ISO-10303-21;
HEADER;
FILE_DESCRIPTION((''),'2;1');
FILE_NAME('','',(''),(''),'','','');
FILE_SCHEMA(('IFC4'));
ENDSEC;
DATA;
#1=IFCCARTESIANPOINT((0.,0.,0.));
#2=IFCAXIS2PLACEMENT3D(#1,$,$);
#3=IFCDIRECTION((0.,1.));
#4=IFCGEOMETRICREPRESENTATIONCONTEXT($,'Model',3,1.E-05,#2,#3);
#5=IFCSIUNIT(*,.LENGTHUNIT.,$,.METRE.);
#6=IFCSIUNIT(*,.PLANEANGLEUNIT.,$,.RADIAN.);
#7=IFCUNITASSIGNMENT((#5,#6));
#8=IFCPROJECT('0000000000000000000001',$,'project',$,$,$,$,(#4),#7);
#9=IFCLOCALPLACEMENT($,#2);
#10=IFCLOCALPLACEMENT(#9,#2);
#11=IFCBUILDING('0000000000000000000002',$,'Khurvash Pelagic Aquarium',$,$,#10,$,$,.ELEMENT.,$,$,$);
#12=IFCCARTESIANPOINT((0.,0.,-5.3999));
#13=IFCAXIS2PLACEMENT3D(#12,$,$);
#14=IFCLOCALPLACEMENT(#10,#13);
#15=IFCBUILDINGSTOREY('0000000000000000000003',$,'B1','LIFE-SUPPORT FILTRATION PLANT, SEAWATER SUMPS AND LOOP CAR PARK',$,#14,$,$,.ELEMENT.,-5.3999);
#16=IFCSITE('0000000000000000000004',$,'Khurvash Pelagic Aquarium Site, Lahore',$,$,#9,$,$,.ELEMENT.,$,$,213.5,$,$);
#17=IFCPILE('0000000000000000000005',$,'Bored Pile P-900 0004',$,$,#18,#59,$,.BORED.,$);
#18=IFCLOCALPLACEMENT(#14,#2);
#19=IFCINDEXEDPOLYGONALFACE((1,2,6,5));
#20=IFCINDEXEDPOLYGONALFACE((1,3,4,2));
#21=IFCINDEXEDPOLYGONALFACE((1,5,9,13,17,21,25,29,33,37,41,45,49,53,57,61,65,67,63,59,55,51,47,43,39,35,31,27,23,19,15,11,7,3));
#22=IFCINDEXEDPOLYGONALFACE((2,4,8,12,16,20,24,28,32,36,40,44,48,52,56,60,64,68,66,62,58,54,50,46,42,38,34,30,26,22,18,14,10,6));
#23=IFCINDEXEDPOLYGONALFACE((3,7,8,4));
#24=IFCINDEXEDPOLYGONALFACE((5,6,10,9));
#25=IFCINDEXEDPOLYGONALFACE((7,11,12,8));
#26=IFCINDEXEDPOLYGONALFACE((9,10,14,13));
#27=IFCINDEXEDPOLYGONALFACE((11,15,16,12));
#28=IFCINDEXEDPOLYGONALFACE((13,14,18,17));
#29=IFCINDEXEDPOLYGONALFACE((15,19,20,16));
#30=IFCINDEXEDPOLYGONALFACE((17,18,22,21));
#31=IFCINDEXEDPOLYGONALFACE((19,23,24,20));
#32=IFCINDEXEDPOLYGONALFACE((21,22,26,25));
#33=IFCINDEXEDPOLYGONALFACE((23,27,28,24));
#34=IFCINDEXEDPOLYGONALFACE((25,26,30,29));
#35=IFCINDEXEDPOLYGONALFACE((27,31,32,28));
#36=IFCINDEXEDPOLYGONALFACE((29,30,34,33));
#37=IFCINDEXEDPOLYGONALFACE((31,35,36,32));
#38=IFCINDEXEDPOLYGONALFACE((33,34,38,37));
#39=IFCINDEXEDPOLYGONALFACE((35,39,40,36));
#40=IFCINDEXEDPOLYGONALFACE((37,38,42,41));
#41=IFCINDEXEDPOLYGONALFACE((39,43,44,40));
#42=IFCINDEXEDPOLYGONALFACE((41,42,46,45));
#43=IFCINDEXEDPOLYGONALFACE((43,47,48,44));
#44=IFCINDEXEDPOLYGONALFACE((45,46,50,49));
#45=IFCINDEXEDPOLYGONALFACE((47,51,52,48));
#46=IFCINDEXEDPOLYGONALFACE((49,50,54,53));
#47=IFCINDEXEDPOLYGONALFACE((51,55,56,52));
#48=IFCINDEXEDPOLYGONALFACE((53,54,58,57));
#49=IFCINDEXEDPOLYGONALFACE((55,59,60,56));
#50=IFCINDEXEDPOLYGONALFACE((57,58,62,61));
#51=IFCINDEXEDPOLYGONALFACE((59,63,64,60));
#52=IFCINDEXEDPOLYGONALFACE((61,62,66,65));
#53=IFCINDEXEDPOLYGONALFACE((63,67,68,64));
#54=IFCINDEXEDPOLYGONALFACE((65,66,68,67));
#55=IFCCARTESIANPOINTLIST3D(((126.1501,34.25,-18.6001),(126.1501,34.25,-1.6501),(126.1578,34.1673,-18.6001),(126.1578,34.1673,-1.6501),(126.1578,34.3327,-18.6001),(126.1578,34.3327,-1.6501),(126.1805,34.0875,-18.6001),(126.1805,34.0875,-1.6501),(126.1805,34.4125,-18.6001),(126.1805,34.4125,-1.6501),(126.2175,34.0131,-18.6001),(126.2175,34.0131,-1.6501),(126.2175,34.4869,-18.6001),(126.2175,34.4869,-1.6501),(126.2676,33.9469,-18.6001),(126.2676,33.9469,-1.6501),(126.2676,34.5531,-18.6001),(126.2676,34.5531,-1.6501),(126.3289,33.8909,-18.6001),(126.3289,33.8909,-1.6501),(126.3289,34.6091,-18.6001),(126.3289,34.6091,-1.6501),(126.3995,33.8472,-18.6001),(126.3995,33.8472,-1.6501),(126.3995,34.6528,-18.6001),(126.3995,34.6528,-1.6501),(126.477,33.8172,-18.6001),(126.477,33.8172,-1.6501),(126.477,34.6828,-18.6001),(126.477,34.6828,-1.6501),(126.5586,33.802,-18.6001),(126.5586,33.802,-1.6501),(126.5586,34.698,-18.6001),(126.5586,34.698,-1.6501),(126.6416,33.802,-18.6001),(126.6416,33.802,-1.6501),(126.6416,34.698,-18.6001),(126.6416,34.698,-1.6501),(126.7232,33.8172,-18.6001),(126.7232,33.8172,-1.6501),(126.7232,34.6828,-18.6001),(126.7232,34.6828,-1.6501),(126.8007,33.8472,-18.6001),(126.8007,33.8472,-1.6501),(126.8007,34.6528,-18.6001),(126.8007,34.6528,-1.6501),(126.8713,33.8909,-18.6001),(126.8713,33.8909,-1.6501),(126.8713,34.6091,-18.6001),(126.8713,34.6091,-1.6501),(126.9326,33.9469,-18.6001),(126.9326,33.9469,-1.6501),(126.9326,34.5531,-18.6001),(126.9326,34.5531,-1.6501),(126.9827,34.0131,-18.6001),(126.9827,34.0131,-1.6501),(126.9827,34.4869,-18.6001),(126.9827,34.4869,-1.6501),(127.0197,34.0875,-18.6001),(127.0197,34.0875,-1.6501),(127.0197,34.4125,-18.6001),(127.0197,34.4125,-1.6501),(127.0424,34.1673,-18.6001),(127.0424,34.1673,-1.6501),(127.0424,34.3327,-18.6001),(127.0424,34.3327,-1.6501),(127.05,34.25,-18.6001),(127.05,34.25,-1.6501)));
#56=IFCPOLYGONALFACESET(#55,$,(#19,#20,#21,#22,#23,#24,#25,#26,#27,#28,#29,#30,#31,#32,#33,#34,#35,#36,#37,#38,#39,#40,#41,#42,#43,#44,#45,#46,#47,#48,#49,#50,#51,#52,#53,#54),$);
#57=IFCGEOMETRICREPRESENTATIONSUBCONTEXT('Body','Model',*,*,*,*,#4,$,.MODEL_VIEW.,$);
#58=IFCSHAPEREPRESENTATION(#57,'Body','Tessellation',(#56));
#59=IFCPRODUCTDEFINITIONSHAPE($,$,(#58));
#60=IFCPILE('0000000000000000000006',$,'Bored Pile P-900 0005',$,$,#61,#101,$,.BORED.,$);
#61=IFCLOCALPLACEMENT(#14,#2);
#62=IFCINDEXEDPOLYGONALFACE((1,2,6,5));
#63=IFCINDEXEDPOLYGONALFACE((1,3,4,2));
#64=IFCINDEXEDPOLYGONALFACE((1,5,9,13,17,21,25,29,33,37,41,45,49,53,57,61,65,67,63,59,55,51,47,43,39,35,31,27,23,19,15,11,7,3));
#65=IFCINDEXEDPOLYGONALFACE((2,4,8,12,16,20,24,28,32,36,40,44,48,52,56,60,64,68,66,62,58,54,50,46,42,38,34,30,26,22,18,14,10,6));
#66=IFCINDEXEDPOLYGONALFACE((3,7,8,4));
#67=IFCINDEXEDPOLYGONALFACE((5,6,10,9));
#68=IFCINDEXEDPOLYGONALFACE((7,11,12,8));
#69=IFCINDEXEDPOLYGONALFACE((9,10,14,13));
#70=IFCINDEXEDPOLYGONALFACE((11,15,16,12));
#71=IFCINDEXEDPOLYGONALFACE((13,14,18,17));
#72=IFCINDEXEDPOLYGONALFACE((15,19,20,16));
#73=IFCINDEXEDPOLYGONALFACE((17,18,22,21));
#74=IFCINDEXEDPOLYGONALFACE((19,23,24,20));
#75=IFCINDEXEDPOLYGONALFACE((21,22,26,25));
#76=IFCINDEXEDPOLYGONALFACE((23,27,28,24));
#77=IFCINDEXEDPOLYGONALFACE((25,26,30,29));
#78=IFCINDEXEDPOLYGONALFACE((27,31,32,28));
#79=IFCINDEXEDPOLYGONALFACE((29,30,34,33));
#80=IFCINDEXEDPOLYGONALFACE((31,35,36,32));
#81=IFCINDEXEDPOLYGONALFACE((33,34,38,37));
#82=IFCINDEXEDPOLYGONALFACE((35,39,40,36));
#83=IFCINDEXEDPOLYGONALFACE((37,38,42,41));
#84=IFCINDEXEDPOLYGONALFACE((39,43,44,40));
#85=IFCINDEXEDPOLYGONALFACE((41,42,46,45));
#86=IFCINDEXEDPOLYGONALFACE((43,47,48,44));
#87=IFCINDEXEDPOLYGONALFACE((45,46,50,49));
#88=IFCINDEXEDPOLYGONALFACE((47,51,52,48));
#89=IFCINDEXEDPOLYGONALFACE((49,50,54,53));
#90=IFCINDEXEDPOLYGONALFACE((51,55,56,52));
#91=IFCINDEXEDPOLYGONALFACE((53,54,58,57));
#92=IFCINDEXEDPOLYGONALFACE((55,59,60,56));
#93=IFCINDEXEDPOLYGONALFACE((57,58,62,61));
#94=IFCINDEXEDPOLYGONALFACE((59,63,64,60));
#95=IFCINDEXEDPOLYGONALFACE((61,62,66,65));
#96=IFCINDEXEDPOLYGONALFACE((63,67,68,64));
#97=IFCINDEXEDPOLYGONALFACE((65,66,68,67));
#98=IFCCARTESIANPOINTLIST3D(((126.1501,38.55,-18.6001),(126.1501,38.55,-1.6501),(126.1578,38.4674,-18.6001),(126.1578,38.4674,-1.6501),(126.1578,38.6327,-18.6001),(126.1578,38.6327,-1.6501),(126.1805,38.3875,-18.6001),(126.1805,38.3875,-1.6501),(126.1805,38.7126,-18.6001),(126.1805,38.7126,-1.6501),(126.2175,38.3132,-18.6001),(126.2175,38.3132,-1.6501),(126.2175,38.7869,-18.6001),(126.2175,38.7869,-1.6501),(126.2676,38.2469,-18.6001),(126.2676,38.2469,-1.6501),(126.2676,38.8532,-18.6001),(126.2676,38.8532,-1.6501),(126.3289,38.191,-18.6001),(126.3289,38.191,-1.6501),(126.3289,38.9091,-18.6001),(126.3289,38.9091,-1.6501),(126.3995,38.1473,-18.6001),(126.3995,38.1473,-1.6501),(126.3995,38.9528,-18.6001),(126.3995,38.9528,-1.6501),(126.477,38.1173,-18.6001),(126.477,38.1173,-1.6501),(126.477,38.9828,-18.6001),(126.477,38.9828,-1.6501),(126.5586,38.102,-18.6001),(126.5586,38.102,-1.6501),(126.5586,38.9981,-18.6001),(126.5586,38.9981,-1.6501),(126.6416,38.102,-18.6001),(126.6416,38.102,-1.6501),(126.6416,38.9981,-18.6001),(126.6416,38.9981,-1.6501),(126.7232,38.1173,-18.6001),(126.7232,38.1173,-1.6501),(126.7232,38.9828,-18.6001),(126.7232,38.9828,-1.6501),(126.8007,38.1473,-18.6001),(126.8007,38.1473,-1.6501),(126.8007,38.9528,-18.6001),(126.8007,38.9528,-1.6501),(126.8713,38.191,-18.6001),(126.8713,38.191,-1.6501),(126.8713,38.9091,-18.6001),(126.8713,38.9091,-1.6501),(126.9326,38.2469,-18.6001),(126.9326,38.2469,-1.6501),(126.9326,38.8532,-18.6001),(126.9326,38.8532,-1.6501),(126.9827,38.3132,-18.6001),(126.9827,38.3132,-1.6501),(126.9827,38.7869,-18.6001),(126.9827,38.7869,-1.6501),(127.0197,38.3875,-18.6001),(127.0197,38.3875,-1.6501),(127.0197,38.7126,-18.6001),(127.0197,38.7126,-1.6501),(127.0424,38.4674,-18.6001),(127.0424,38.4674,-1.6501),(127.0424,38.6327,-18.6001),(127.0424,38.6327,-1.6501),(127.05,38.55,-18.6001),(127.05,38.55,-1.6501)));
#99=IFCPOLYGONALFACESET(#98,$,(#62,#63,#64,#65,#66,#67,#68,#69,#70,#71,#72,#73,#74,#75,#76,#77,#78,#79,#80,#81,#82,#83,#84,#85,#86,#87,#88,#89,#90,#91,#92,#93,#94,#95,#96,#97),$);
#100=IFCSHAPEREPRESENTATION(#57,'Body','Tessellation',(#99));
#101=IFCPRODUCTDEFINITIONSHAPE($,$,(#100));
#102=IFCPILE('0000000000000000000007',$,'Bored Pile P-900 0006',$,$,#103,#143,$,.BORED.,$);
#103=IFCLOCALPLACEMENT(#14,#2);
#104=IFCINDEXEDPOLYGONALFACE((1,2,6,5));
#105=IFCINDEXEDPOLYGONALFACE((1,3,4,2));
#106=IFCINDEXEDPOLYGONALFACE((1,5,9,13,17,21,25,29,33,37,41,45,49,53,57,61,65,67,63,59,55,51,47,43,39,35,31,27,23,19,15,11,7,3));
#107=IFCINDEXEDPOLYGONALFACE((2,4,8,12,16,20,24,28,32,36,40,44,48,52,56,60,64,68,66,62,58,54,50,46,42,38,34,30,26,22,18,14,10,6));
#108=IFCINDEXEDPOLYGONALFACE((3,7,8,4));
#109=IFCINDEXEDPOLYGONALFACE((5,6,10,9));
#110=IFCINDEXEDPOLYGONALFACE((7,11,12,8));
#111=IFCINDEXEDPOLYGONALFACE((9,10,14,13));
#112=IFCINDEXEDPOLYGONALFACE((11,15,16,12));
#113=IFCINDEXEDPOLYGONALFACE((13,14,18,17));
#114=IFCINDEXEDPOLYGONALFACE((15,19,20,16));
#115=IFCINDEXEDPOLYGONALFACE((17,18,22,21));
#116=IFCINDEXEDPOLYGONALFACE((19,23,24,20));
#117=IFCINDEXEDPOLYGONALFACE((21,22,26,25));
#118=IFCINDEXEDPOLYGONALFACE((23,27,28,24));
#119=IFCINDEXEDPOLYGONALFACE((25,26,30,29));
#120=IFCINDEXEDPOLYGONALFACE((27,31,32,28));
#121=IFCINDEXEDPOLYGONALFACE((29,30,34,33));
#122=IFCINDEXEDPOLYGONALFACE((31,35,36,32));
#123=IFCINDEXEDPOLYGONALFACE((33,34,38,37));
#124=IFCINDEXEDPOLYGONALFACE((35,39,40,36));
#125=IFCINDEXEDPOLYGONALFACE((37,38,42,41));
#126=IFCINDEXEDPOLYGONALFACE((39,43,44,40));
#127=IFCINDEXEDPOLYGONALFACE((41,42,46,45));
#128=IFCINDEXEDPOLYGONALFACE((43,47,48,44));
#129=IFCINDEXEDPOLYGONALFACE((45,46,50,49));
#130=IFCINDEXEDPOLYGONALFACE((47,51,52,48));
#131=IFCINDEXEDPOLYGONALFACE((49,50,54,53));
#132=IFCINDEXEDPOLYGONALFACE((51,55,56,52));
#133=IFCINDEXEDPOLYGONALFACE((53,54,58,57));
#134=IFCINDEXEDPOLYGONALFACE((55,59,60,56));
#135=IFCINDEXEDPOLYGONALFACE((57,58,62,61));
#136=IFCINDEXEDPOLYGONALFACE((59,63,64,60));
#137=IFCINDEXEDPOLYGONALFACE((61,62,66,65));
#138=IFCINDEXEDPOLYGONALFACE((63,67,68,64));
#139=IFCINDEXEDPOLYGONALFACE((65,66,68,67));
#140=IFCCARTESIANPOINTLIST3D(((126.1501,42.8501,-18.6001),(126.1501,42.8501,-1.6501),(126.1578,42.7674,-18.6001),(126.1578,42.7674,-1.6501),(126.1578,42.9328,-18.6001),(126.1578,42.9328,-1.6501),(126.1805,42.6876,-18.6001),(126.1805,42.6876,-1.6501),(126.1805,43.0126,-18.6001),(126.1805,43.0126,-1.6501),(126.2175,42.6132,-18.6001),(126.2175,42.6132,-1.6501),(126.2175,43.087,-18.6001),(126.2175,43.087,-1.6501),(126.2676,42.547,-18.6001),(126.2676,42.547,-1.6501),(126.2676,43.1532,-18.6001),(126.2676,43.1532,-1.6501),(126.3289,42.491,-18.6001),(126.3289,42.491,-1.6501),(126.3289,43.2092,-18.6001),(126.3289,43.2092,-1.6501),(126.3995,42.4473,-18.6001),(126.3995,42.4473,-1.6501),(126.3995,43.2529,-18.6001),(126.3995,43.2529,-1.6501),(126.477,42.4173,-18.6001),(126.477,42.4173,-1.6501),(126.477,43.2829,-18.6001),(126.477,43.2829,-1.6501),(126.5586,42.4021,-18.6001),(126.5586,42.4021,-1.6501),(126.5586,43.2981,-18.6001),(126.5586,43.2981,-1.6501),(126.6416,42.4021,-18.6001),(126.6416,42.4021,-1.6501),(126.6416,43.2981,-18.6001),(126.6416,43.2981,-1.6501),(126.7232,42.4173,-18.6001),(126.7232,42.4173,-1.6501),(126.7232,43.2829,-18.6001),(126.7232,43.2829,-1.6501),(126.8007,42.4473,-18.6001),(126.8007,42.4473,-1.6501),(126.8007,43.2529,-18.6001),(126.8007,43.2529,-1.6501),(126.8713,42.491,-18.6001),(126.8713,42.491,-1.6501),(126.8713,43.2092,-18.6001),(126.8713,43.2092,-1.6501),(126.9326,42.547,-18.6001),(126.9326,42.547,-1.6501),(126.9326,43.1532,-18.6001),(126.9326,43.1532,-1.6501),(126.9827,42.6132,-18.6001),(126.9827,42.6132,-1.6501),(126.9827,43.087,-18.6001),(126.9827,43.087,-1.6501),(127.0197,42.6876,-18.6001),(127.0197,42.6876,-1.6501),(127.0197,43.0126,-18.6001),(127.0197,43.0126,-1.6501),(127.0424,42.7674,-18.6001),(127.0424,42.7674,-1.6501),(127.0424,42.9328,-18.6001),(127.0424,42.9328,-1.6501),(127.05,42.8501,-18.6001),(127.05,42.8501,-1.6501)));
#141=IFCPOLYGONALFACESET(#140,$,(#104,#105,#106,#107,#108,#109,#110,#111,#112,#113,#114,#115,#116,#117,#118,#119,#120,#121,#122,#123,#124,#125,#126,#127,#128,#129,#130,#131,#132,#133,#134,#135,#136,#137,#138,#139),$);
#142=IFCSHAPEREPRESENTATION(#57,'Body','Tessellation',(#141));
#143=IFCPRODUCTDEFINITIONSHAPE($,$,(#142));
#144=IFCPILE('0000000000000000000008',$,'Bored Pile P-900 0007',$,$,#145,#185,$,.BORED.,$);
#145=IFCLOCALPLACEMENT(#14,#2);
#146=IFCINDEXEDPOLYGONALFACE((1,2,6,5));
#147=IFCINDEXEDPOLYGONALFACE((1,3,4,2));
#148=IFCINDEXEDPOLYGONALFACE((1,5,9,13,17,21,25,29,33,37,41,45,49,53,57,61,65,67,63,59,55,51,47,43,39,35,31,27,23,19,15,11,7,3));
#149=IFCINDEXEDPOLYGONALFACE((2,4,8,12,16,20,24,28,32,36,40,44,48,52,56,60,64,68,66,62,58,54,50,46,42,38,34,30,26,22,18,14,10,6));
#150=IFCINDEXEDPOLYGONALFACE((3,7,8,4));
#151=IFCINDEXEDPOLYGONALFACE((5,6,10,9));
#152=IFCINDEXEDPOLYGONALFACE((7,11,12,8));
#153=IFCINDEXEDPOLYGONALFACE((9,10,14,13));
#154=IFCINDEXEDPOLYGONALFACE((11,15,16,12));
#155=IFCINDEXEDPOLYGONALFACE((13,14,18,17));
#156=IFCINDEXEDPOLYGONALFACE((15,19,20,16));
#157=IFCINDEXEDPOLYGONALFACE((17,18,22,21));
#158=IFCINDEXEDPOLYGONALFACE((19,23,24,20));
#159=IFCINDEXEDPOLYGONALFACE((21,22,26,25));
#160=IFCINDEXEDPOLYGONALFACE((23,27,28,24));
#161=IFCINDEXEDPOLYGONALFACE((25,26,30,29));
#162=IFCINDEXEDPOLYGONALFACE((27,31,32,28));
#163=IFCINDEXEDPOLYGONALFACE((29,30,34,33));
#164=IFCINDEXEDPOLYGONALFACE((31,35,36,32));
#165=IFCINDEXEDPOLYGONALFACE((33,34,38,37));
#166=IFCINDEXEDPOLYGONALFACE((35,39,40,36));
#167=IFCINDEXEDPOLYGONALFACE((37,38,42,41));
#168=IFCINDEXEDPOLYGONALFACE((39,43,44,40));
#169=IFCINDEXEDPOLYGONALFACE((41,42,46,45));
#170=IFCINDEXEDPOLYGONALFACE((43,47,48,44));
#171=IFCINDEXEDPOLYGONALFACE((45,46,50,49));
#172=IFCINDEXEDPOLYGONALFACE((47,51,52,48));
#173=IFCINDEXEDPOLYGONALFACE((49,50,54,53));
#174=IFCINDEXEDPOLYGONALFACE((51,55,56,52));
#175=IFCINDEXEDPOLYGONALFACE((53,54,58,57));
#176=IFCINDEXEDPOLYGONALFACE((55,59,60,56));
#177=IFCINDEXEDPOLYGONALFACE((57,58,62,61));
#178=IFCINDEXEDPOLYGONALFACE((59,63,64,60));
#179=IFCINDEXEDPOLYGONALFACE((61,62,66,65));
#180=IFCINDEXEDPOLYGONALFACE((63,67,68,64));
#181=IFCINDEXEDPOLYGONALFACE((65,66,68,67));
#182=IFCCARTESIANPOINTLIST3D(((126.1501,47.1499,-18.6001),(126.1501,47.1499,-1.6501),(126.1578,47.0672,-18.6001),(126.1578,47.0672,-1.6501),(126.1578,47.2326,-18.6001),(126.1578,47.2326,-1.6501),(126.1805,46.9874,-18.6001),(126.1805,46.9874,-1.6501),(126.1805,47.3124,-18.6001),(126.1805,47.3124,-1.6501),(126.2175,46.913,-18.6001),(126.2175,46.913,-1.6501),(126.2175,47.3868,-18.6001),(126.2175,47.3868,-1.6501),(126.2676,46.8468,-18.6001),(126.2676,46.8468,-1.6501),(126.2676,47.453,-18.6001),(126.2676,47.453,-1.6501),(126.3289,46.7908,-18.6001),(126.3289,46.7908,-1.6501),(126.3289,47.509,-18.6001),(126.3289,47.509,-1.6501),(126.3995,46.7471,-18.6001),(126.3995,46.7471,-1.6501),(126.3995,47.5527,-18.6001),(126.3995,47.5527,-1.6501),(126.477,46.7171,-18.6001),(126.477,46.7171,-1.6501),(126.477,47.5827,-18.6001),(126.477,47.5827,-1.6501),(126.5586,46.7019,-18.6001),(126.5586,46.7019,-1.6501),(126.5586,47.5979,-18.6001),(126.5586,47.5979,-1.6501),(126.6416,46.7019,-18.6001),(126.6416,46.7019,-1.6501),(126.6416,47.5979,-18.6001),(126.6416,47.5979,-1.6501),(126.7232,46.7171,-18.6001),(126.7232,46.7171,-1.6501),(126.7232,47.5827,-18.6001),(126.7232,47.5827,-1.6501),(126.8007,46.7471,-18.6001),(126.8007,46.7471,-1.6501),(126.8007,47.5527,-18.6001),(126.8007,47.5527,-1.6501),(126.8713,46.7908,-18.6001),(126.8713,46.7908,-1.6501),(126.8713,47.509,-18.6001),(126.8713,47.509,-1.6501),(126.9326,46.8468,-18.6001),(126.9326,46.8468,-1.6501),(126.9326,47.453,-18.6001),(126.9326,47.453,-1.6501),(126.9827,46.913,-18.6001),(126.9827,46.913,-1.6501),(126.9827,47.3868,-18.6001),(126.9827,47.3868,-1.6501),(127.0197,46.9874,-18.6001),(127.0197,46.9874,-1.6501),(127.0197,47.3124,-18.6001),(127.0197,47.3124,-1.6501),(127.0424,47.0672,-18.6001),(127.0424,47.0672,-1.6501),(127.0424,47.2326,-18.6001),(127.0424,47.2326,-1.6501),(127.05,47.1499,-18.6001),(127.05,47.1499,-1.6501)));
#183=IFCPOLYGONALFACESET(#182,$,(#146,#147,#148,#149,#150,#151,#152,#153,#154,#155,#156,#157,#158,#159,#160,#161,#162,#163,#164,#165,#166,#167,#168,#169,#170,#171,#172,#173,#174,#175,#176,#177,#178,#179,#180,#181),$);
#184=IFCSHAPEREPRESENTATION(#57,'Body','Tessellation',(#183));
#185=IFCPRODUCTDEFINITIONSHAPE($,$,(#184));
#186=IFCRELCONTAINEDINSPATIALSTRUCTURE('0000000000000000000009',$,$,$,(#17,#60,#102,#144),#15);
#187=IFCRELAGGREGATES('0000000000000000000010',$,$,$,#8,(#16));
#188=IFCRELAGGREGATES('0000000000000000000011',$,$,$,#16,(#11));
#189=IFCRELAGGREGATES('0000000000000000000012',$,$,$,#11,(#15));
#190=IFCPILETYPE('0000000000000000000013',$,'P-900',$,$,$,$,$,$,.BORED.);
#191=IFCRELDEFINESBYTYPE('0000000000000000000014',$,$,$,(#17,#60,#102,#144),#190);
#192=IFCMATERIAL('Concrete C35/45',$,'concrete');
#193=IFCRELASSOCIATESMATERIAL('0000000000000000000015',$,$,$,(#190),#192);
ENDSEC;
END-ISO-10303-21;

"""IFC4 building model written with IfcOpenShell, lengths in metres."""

from ifc_helpers import new_model, si_unit, direction, frame, origin, origin_2d, place, context, subcontext, project, spatial, circle, extrude, material, material_profile, profile_set, type_object, element, save


model = new_model("IFC4")

# Units and contexts
model_context = context("Model", 3, precision=1e-05, world=origin(), true_north=direction((0.0, 1.0)))
body_context = subcontext(model_context, "Body", "Model", "MODEL_VIEW")
ifc_project = project(units=[si_unit("LENGTHUNIT", "METRE"), si_unit("PLANEANGLEUNIT", "RADIAN")], contexts=[model_context])

# Site, building, storey
site_placement = place(None, origin())
site = spatial("IfcSite", under=ifc_project, at=site_placement, Name="Khurvash Pelagic Aquarium Site, Lahore", CompositionType="ELEMENT", RefElevation=213.5)
building_placement = place(site_placement, origin())
building = spatial("IfcBuilding", under=site, at=building_placement, Name="Khurvash Pelagic Aquarium", CompositionType="ELEMENT")
storey_placement = place(building_placement, frame((0.0, 0.0, -5.3999)))
storey = spatial("IfcBuildingStorey", under=building, at=storey_placement, Name="B1", Description="LIFE-SUPPORT FILTRATION PLANT, SEAWATER SUMPS AND LOOP CAR PARK", CompositionType="ELEMENT", Elevation=-5.3999)

# Piles
ifc_material_1 = material(Name="Concrete C35/45", Category="concrete")
ifc_material_profile_1 = material_profile(ifc_material_1, circle(Radius=0.45, at=origin_2d()), Name="PILE900")
ifc_profile_set_1 = profile_set([ifc_material_profile_1], Name="Concrete C35/45")
pile_type_1 = type_object("IfcPileType", Name="P-900", PredefinedType="BORED", material=ifc_profile_set_1)
for number, where, z_axis, x_axis, name in (
    (1, (126.6001, 34.25, -1.6501), (0.0, 0.0, -1.0), (1.0, 0.0, 0.0), "Bored Pile P-900 0004"),
    (2, (126.6001, 38.55, -1.6501), (0.0, 0.0, -1.0), (1.0, 0.0, 0.0), "Bored Pile P-900 0005"),
    (3, (126.6001, 42.8501, -1.6501), (0.0, 0.0, -1.0), (1.0, 0.0, 0.0), "Bored Pile P-900 0006"),
    (4, (126.6001, 47.1499, -1.6501), (0.0, 0.0, -1.0), (1.0, 0.0, 0.0), "Bored Pile P-900 0007"),
):
    element("IfcPile", number, at=place(storey_placement, frame(where, z_axis=z_axis, x_axis=x_axis)), inside=storey, type_object=pile_type_1, Name=name, PredefinedType="BORED", context=body_context, shape_type="SweptSolid", body=[
        extrude(circle(Radius=0.45, at=origin_2d()), origin(), (0.0, 0.0, 1.0), 16.95),
    ])

save(model, "model.ifc")
